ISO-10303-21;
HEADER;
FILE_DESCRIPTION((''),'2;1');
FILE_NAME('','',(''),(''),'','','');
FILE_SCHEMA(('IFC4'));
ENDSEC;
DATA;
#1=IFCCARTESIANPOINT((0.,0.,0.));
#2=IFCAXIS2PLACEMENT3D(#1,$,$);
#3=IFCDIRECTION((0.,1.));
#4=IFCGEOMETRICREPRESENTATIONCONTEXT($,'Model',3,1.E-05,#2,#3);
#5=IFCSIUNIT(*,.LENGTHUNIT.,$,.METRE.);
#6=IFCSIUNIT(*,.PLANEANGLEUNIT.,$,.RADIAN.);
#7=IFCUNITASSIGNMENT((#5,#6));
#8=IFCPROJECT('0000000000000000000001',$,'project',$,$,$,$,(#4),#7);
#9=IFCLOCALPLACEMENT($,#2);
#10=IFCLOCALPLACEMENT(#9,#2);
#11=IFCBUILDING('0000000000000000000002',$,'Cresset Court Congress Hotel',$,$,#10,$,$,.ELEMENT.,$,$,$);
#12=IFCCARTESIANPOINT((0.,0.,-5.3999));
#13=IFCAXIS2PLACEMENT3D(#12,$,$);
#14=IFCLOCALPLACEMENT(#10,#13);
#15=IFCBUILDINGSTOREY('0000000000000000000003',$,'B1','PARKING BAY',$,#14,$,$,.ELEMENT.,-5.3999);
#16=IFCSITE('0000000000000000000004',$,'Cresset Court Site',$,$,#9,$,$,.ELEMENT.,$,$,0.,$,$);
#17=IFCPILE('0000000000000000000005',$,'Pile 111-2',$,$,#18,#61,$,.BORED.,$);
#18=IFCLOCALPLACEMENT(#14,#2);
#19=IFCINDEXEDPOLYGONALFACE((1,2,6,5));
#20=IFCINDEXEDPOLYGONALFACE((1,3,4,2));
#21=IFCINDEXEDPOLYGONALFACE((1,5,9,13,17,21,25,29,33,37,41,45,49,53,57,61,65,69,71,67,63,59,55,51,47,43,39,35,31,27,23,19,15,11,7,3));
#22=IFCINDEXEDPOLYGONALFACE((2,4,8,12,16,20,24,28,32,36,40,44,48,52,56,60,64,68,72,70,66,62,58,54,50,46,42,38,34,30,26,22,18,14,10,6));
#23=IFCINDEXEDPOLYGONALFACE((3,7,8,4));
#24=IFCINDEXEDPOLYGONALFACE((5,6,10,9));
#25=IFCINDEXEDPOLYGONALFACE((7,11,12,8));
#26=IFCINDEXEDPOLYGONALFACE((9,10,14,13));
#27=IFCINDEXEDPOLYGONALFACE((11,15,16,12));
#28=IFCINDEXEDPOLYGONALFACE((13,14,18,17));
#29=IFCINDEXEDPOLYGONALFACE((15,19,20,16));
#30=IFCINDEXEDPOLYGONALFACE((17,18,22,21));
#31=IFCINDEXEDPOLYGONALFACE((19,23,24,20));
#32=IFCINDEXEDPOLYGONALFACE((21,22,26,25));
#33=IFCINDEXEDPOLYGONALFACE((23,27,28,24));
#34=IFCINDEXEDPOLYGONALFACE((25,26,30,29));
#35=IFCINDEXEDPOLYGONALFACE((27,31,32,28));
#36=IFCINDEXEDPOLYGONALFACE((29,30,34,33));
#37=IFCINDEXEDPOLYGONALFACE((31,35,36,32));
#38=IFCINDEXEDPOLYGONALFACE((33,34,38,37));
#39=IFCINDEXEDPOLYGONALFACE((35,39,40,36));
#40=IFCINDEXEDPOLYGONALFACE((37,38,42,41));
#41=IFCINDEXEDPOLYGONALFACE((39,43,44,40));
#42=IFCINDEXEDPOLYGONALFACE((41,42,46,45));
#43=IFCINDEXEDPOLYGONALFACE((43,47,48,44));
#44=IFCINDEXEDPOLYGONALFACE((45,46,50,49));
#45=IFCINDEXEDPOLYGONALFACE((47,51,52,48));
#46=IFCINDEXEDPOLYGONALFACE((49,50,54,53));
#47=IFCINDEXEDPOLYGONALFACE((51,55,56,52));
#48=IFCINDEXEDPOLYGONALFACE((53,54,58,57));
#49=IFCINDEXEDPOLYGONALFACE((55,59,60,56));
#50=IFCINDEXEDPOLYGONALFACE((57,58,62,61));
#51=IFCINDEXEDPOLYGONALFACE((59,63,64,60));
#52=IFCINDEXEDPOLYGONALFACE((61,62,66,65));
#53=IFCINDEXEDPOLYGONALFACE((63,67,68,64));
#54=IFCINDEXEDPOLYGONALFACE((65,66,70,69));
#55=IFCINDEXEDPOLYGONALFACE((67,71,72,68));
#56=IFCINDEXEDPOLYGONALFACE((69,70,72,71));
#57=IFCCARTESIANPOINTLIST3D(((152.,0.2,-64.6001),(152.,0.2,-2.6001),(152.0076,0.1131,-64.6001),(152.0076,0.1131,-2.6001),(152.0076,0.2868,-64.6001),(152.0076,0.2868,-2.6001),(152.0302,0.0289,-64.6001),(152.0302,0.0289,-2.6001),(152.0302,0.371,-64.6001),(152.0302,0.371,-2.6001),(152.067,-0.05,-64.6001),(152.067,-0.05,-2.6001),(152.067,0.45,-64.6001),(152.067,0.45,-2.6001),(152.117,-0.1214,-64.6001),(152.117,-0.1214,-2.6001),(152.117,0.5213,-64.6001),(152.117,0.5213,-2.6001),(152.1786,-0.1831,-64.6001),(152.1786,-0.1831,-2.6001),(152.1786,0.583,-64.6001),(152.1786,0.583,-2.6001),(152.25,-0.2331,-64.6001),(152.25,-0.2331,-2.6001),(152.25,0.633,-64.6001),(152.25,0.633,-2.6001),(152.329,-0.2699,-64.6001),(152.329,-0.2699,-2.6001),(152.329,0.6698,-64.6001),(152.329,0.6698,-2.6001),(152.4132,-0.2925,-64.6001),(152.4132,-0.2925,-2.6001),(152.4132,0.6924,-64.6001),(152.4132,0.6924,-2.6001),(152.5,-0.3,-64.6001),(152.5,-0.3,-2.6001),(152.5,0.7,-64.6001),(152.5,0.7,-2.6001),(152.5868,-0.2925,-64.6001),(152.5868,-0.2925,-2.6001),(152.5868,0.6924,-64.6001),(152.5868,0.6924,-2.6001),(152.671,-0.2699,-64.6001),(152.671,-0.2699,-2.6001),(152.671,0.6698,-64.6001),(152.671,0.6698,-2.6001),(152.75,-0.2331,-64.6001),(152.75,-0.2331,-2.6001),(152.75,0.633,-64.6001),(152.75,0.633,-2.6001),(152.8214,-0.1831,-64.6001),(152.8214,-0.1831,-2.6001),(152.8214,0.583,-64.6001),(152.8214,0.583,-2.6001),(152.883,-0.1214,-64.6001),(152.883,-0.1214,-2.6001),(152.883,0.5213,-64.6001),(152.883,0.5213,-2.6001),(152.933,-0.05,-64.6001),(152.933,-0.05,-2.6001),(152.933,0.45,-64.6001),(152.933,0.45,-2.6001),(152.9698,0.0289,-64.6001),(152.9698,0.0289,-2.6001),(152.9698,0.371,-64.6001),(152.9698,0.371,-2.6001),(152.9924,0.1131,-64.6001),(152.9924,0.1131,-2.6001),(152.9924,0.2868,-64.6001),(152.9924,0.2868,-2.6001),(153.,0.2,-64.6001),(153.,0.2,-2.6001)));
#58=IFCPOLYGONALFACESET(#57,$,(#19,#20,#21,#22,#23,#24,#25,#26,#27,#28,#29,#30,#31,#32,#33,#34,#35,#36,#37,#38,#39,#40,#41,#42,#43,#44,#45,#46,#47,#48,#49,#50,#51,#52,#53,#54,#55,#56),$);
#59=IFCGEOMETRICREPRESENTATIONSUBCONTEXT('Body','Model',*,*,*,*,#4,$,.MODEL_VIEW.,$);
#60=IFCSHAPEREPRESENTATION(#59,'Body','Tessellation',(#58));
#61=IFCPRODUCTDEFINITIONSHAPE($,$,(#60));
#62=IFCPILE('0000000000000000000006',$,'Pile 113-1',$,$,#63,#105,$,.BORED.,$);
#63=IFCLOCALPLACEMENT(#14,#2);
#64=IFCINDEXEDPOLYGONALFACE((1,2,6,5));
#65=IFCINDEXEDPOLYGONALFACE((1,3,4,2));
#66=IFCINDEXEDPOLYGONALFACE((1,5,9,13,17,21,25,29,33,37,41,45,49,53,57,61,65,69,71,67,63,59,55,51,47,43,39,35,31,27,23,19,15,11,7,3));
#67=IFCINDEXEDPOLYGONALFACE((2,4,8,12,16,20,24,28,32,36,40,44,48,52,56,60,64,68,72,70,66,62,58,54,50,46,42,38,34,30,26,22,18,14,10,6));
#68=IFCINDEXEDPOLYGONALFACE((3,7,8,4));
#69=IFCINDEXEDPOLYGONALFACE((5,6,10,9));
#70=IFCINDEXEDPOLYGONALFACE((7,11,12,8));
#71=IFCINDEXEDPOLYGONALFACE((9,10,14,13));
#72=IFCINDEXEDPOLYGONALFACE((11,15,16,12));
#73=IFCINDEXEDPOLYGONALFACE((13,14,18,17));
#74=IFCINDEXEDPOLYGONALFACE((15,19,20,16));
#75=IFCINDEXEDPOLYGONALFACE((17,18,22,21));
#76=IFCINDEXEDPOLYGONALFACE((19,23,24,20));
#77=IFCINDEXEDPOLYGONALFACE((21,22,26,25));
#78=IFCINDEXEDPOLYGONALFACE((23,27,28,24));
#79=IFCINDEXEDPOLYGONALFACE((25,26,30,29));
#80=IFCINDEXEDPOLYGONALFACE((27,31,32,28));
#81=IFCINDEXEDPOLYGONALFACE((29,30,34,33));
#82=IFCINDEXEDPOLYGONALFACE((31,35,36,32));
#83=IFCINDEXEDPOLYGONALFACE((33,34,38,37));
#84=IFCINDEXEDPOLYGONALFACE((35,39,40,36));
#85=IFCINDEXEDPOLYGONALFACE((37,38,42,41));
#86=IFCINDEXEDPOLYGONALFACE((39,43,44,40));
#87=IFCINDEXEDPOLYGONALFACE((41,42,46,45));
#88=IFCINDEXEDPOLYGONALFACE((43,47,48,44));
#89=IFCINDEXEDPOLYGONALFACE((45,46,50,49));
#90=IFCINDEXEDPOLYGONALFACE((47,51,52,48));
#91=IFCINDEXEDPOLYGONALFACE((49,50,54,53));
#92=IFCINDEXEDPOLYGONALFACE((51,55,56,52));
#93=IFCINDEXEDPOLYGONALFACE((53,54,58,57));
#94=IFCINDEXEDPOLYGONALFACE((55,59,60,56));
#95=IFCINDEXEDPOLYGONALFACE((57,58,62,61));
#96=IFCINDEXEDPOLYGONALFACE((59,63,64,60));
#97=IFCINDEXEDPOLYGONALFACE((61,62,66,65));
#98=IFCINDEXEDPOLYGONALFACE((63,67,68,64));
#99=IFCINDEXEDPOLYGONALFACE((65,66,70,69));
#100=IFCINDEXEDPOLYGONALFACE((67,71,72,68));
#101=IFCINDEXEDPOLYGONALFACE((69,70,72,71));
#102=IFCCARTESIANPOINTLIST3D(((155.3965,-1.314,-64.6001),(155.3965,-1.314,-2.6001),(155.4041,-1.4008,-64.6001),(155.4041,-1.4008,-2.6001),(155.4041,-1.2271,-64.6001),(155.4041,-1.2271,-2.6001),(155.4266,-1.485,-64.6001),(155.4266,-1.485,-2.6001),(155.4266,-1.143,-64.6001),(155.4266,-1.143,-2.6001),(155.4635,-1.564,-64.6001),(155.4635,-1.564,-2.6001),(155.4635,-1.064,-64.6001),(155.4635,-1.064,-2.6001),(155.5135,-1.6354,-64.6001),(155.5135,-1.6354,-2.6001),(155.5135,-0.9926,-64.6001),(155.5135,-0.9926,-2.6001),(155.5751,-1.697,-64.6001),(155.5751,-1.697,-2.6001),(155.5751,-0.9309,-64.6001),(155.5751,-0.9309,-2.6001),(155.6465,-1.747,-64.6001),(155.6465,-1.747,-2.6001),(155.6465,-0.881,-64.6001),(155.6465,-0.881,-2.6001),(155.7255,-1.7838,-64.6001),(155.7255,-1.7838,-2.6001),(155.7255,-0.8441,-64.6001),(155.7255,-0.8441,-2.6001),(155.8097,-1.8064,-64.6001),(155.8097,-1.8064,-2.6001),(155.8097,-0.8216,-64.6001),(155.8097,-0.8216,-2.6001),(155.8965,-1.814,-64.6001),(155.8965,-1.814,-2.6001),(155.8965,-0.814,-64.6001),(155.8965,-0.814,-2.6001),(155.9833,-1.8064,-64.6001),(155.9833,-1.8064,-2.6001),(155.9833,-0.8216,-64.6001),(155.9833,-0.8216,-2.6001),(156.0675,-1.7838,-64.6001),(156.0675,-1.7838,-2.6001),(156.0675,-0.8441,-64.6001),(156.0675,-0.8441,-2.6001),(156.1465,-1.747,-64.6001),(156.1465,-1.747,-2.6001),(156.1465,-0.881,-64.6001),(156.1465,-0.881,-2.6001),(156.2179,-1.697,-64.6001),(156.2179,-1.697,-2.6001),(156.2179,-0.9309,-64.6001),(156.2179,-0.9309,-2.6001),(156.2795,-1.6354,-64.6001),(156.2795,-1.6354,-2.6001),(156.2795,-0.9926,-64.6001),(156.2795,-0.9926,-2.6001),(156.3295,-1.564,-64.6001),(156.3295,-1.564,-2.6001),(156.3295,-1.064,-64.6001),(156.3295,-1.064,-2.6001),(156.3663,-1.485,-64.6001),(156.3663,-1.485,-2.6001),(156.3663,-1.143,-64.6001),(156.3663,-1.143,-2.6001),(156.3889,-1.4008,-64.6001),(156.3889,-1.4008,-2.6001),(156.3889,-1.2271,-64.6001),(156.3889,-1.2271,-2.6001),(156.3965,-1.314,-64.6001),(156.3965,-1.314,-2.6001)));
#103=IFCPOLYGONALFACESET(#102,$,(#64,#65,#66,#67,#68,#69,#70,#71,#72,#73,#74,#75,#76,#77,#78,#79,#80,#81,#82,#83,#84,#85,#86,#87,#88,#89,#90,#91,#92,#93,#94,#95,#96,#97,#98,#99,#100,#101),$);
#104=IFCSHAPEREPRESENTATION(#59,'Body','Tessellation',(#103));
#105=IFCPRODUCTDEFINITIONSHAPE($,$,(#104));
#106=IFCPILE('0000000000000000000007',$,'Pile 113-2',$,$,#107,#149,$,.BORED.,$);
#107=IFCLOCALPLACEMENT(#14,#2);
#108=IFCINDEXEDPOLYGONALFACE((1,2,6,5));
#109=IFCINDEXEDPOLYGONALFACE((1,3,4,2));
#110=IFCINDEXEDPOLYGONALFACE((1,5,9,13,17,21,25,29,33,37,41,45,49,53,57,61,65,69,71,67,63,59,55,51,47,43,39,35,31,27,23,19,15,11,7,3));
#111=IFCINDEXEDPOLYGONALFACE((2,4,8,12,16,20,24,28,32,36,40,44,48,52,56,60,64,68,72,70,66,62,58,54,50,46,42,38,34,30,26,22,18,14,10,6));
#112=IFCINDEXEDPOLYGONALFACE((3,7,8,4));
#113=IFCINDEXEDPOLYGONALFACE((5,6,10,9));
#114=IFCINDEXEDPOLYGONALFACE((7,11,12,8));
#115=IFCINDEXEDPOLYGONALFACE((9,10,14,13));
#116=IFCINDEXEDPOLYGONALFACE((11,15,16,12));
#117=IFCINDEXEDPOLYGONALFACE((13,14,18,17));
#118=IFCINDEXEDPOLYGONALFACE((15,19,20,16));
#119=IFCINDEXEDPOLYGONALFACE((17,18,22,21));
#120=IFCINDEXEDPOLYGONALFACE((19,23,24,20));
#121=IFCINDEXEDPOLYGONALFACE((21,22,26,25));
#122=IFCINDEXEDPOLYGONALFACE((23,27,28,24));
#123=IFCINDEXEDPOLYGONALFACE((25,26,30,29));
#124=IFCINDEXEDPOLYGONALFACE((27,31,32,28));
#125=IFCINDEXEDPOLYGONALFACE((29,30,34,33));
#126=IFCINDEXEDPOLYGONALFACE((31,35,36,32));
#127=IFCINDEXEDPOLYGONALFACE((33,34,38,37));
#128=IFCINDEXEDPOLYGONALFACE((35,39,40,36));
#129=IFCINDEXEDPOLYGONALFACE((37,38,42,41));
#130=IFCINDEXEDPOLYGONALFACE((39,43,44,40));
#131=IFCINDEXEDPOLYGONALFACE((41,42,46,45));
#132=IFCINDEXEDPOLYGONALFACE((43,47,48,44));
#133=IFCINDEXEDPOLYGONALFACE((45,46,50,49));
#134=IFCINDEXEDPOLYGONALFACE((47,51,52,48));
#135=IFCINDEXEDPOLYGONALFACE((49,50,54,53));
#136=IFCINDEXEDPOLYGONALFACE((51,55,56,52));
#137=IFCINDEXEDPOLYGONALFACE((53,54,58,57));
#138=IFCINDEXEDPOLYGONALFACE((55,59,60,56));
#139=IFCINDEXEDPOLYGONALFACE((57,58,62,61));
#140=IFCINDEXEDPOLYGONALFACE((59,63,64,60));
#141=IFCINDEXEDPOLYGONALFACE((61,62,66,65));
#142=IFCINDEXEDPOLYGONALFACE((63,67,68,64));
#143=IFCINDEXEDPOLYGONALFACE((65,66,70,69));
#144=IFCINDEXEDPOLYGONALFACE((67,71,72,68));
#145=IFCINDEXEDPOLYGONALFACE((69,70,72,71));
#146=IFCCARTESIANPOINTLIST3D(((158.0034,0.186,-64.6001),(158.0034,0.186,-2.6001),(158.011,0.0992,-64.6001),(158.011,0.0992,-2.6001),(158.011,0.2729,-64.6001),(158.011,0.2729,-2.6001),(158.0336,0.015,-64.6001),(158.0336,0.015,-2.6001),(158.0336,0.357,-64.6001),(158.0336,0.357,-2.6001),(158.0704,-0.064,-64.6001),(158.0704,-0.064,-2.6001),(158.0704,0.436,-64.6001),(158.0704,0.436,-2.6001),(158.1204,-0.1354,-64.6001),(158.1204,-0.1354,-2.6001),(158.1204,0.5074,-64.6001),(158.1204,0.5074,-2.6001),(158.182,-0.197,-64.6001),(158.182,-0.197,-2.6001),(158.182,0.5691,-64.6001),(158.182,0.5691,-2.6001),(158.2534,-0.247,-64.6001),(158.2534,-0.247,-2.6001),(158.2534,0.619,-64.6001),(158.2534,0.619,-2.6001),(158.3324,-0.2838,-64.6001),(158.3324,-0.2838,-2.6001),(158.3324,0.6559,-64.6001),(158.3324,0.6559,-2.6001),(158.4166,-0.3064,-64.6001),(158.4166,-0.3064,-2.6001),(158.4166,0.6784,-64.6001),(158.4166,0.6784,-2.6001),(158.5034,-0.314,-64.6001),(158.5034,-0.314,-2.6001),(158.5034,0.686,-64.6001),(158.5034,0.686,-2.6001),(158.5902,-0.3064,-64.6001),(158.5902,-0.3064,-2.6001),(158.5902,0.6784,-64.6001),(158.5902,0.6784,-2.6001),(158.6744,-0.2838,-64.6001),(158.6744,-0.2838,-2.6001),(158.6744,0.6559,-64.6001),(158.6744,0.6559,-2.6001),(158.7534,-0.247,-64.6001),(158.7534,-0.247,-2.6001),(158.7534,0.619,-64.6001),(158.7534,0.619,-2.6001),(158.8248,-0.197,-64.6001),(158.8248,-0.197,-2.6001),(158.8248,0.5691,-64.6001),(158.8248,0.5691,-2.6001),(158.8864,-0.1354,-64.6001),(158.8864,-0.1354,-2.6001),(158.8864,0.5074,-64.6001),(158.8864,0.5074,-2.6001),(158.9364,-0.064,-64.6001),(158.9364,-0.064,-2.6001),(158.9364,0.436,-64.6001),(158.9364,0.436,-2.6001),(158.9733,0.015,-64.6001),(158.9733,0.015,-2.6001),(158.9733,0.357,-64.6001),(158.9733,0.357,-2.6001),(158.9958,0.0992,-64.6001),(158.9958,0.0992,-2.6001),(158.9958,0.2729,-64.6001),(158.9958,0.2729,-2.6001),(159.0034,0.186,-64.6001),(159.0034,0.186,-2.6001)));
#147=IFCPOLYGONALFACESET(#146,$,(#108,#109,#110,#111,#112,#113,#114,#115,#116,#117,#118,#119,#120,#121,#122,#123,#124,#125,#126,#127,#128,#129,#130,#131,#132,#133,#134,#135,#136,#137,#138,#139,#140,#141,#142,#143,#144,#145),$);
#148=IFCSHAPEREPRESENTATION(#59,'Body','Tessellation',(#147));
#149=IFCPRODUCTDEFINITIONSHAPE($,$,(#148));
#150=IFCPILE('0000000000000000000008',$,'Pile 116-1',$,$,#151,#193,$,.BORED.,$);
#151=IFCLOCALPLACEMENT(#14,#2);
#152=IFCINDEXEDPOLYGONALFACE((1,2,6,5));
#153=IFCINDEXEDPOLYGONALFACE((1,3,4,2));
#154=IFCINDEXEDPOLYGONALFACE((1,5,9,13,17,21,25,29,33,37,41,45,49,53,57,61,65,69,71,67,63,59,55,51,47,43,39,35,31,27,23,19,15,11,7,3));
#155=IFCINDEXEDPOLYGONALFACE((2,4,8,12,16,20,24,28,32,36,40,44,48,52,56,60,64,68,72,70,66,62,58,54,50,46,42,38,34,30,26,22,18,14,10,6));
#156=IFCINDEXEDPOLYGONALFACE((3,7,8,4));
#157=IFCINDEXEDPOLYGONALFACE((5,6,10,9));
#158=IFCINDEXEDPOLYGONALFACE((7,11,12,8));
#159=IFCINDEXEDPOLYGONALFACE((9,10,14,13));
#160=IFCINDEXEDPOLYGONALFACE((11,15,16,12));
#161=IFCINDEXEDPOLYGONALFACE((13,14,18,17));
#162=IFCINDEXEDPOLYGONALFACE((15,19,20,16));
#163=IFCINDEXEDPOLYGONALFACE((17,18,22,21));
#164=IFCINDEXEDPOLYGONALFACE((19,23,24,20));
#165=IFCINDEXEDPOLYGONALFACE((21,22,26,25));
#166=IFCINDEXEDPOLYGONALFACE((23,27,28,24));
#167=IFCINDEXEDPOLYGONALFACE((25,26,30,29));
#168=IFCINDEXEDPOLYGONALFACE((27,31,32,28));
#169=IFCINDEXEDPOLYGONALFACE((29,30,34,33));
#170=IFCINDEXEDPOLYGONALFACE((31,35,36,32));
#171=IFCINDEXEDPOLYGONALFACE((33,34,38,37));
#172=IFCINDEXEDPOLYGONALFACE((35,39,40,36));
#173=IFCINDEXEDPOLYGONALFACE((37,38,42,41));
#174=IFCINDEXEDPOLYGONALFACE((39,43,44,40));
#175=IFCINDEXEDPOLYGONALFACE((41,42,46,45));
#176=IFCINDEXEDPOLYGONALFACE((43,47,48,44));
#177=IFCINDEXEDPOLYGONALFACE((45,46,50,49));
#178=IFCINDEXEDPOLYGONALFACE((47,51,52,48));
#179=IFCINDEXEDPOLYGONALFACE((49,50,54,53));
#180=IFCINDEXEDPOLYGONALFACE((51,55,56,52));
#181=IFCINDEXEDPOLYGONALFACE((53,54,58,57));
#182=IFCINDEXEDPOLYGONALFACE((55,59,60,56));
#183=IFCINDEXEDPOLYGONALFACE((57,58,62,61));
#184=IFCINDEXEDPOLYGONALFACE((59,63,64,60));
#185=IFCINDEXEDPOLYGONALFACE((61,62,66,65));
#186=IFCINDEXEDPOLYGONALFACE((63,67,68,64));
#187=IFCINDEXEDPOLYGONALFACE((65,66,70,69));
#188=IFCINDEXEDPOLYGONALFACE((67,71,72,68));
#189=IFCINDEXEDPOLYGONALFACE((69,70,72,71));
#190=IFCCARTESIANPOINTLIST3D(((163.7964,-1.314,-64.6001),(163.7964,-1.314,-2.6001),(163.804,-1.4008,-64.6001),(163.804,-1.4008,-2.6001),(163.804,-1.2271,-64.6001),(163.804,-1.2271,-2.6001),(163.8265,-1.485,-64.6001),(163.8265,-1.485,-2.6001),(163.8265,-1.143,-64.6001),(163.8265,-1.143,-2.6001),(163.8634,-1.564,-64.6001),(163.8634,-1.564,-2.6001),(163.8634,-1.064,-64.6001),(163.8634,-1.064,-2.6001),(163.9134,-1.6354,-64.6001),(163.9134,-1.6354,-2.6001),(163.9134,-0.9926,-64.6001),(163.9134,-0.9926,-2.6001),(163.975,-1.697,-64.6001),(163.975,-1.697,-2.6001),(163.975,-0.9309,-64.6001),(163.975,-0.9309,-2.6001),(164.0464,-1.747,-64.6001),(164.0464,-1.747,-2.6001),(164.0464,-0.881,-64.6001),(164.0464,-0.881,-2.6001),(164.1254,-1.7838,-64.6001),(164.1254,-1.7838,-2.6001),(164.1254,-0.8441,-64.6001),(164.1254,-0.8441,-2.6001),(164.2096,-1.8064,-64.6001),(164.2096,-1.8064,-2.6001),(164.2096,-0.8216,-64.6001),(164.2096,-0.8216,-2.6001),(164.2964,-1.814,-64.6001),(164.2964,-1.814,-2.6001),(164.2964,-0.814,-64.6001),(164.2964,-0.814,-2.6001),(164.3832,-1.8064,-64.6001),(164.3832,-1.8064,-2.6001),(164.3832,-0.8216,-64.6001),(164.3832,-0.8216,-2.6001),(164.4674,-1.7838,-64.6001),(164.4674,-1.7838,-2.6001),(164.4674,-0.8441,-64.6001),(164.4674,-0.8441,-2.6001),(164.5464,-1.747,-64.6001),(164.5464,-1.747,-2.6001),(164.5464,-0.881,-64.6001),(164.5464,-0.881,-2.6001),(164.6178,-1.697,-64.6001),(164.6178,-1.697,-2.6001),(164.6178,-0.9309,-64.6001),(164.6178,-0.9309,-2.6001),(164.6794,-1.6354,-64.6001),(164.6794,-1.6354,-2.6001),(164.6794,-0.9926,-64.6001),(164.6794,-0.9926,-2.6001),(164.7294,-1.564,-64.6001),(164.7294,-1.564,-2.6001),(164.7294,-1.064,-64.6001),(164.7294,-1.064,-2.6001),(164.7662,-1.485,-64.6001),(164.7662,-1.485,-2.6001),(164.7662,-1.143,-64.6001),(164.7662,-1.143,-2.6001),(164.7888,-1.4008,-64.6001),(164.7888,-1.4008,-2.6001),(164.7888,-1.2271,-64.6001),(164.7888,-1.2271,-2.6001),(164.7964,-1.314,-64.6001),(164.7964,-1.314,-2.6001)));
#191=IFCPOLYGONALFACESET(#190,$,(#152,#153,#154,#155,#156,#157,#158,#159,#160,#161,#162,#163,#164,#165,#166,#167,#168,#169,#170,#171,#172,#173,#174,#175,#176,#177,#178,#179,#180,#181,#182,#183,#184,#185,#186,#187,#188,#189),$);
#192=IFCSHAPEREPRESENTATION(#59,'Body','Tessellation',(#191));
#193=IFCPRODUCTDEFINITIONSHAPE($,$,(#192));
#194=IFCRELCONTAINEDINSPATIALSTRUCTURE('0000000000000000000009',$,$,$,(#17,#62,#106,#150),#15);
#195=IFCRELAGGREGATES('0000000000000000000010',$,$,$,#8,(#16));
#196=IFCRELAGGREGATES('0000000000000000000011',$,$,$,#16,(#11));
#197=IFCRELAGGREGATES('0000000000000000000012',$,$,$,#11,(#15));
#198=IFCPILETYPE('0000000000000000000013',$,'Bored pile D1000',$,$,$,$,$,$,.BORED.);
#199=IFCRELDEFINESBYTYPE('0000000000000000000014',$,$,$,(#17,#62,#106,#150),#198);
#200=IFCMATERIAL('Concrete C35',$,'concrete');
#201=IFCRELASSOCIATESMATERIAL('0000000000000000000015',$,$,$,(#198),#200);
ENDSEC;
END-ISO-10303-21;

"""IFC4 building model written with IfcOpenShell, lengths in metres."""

from ifc_helpers import new_model, si_unit, direction, frame, origin, origin_2d, place, context, subcontext, project, spatial, circle, extrude, material, type_object, element, save


model = new_model("IFC4")

# Units and contexts
model_context = context("Model", 3, precision=1e-05, world=origin(), true_north=direction((0.0, 1.0)))
body_context = subcontext(model_context, "Body", "Model", "MODEL_VIEW")
ifc_project = project(units=[si_unit("LENGTHUNIT", "METRE"), si_unit("PLANEANGLEUNIT", "RADIAN")], contexts=[model_context])

# Site, building, storey
site_placement = place(None, origin())
site = spatial("IfcSite", under=ifc_project, at=site_placement, Name="Cresset Court Site", CompositionType="ELEMENT", RefElevation=0.0)
building_placement = place(site_placement, origin())
building = spatial("IfcBuilding", under=site, at=building_placement, Name="Cresset Court Congress Hotel", CompositionType="ELEMENT")
storey_placement = place(building_placement, frame((0.0, 0.0, -5.3999)))
storey = spatial("IfcBuildingStorey", under=building, at=storey_placement, Name="B1", Description="PARKING BAY", CompositionType="ELEMENT", Elevation=-5.3999)

# Piles
ifc_material_1 = material(Name="Concrete C35", Category="concrete")
pile_type = type_object("IfcPileType", Name="Bored pile D1000", PredefinedType="BORED", material=ifc_material_1)
for number, where, z_axis, x_axis, name in (
    (1, (152.5, 0.2, -2.6001), (0.0, 0.0, -1.0), (1.0, 0.0, 0.0), "Pile 111-2"),
    (2, (155.8965, -1.314, -2.6001), (0.0, 0.0, -1.0), (1.0, 0.0, 0.0), "Pile 113-1"),
    (3, (158.5034, 0.186, -2.6001), (0.0, 0.0, -1.0), (1.0, 0.0, 0.0), "Pile 113-2"),
    (4, (164.2964, -1.314, -2.6001), (0.0, 0.0, -1.0), (1.0, 0.0, 0.0), "Pile 116-1"),
):
    element("IfcPile", number, at=place(storey_placement, frame(where, z_axis=z_axis, x_axis=x_axis)), inside=storey, type_object=pile_type, Name=name, PredefinedType="BORED", context=body_context, shape_type="SweptSolid", body=[
        extrude(circle(Radius=0.5, at=origin_2d()), origin(), (0.0, 0.0, 1.0), 62.0),
    ])

save(model, "model.ifc")
